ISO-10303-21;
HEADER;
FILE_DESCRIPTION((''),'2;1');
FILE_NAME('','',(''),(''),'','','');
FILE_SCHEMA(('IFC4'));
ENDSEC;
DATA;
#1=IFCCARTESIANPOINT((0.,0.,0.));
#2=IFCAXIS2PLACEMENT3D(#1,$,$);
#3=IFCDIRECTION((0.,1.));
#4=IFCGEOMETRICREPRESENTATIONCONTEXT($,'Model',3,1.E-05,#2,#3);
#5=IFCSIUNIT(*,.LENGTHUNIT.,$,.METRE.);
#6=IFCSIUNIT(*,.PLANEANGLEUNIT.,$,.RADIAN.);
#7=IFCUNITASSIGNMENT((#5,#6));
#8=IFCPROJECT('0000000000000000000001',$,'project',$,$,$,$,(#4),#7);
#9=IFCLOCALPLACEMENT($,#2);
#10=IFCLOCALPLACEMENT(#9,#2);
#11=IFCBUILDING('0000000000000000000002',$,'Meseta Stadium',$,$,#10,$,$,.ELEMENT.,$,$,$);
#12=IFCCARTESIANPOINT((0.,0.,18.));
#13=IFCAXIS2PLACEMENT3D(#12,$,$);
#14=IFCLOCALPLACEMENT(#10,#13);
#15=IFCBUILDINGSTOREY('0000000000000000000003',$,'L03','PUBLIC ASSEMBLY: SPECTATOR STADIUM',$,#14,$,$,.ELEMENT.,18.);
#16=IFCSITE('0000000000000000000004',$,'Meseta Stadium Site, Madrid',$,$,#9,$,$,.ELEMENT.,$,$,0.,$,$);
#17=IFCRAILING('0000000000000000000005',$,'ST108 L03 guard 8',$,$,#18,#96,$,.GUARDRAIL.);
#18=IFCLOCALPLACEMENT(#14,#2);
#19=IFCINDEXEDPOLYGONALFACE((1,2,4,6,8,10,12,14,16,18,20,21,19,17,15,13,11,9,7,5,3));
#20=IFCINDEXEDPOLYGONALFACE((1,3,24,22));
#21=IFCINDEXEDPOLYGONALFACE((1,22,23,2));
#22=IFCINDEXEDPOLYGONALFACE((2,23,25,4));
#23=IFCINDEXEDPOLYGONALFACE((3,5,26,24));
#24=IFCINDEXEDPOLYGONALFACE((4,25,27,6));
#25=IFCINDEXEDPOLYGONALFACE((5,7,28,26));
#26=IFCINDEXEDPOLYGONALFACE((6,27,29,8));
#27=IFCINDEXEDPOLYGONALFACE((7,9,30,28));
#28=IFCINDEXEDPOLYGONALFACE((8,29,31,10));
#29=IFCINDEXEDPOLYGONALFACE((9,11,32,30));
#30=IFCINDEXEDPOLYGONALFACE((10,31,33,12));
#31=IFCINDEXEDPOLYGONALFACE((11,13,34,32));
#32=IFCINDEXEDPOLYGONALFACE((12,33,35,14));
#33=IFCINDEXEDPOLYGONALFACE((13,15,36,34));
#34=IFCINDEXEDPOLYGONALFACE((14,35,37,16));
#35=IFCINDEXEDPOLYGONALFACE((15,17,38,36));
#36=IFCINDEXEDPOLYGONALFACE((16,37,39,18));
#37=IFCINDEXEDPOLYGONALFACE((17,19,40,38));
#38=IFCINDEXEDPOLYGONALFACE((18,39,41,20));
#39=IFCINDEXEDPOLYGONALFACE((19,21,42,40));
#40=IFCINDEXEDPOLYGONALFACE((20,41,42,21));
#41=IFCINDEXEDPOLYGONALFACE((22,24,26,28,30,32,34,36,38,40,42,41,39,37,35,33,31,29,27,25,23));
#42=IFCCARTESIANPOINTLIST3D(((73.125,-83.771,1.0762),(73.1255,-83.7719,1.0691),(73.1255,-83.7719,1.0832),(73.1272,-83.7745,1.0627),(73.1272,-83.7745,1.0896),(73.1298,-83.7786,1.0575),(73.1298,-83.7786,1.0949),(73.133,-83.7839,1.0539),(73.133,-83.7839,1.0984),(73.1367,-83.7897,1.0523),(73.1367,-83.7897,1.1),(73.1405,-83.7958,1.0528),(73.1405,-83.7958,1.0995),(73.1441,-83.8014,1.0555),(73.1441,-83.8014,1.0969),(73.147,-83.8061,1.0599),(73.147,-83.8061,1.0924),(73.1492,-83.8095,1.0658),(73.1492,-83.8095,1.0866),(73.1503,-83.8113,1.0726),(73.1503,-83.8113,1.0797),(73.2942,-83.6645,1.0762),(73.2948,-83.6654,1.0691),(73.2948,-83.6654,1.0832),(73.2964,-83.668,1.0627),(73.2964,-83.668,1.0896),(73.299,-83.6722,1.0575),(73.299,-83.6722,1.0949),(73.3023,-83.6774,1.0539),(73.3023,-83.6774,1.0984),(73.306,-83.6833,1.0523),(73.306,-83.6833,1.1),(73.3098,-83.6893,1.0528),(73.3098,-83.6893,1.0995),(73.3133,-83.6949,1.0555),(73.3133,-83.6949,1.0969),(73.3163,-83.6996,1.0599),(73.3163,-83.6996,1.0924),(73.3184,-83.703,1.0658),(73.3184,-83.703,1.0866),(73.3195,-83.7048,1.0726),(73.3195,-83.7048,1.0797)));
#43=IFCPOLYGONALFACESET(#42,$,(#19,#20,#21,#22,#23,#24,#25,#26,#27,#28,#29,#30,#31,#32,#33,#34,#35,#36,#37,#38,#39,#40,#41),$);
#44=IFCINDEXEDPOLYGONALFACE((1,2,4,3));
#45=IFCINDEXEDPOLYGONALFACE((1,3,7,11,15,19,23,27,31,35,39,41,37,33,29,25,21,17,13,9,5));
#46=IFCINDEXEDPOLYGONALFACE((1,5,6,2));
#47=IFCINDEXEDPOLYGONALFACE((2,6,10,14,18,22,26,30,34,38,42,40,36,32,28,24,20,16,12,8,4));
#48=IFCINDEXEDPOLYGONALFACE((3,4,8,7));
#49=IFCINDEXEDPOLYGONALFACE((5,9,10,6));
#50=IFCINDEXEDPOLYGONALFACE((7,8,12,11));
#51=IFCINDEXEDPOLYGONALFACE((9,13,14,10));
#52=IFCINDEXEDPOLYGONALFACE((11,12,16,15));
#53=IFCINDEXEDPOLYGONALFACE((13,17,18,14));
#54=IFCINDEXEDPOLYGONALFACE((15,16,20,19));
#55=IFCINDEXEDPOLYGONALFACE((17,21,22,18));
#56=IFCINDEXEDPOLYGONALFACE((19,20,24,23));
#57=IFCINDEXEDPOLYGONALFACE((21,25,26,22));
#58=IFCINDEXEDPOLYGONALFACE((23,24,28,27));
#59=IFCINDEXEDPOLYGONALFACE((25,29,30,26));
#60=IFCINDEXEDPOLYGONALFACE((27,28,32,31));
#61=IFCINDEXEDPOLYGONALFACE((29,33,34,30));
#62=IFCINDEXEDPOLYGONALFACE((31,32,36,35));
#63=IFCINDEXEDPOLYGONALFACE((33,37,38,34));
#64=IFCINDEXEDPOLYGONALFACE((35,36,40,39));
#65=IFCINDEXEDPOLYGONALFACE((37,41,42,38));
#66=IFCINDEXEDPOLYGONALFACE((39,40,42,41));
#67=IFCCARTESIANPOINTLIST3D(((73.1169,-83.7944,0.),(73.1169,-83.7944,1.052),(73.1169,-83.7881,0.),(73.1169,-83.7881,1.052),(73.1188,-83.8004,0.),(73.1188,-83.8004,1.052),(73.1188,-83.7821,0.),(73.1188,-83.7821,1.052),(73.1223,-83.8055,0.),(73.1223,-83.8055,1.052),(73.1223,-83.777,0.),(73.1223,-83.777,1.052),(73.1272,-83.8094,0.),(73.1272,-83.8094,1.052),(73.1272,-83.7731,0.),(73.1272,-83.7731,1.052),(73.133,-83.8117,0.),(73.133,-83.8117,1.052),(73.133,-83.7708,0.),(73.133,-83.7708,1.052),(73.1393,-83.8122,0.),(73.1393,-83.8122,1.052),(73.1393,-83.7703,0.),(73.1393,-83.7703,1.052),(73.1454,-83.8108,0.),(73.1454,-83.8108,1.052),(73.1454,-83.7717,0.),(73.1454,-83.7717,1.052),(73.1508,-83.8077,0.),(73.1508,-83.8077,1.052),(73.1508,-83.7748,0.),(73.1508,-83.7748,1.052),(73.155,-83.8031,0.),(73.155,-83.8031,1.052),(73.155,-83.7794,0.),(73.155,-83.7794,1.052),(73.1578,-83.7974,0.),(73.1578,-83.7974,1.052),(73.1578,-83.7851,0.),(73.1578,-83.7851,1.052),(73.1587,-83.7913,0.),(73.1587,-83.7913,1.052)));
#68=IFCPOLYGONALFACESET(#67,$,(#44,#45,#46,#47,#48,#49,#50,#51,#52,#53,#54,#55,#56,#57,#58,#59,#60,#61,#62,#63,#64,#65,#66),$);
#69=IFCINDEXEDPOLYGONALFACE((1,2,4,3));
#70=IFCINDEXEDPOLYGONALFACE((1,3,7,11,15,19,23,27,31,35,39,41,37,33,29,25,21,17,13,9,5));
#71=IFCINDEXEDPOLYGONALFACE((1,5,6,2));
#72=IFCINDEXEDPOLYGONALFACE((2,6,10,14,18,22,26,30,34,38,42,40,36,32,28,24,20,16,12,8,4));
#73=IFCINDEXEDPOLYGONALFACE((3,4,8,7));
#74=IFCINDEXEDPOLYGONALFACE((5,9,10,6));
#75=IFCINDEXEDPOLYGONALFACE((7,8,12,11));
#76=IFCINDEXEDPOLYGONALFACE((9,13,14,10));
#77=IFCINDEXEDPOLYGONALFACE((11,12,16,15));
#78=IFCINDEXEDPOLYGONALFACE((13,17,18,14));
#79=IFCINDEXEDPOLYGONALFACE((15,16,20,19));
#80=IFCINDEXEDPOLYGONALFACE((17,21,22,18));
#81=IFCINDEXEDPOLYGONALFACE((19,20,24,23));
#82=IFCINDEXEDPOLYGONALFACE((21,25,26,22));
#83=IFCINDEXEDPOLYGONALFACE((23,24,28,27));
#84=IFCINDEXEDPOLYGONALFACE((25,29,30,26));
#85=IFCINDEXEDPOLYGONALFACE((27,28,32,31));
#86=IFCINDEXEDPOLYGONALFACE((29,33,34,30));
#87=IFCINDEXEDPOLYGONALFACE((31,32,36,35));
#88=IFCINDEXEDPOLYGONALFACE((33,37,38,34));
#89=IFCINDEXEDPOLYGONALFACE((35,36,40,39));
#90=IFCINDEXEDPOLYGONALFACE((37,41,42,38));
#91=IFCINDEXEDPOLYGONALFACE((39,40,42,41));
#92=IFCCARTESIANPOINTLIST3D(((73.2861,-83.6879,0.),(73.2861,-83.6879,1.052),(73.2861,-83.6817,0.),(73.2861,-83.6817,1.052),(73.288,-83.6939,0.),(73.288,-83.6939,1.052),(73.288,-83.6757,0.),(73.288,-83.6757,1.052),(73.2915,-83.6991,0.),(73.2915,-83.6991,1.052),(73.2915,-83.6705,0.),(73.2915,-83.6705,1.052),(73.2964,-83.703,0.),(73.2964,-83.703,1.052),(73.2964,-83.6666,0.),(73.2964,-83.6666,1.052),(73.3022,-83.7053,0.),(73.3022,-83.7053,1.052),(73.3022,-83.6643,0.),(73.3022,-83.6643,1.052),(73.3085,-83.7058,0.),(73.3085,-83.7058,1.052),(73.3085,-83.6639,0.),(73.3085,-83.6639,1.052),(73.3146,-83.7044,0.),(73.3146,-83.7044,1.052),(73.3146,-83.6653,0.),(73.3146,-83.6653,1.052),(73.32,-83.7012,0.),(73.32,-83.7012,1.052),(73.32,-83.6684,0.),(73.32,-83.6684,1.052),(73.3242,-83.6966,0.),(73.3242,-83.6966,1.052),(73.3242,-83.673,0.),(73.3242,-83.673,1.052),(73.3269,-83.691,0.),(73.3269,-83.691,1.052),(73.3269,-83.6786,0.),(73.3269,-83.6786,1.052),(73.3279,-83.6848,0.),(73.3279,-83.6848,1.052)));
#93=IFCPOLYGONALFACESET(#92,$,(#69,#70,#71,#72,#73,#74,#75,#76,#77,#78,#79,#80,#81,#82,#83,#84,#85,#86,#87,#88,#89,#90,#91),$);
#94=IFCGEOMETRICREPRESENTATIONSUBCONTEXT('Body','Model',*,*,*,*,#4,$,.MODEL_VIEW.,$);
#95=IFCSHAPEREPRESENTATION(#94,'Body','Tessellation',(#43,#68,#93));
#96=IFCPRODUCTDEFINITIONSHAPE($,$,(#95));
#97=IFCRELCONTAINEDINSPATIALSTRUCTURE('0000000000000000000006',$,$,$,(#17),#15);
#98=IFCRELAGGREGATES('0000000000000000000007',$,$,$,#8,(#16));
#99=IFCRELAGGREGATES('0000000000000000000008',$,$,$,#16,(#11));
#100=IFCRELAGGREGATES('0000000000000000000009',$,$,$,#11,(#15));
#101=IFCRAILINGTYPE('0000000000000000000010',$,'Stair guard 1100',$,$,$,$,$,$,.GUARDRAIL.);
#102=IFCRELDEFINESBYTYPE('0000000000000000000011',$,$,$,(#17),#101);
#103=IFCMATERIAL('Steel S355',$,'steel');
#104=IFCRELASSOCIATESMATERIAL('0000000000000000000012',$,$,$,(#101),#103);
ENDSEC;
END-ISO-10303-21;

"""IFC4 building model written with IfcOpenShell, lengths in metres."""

from ifc_helpers import new_model, si_unit, direction, frame, origin, origin_2d, place, context, subcontext, project, spatial, circle, extrude, material, type_object, element, save


model = new_model("IFC4")

# Units and contexts
model_context = context("Model", 3, precision=1e-05, world=origin(), true_north=direction((0.0, 1.0)))
body_context = subcontext(model_context, "Body", "Model", "MODEL_VIEW")
ifc_project = project(units=[si_unit("LENGTHUNIT", "METRE"), si_unit("PLANEANGLEUNIT", "RADIAN")], contexts=[model_context])

# Site, building, storey
site_placement = place(None, origin())
site = spatial("IfcSite", under=ifc_project, at=site_placement, Name="Meseta Stadium Site, Madrid", CompositionType="ELEMENT", RefElevation=0.0)
building_placement = place(site_placement, origin())
building = spatial("IfcBuilding", under=site, at=building_placement, Name="Meseta Stadium", CompositionType="ELEMENT")
storey_placement = place(building_placement, frame((0.0, 0.0, 18.0)))
storey = spatial("IfcBuildingStorey", under=building, at=storey_placement, Name="L03", Description="PUBLIC ASSEMBLY: SPECTATOR STADIUM", CompositionType="ELEMENT", Elevation=18.0)

# Railing
ifc_material_1 = material(Name="Steel S355", Category="steel")
railing_type_1 = type_object("IfcRailingType", Name="Stair guard 1100", PredefinedType="GUARDRAIL", material=ifc_material_1)
railing_1_placement = place(storey_placement, frame((73.1377, -83.7913, 0.0)))
element("IfcRailing", 1, at=railing_1_placement, inside=storey, type_object=railing_type_1, Name="ST108 L03 guard 8", PredefinedType="GUARDRAIL", context=body_context, shape_type="SweptSolid", body=[
    extrude(circle(Radius=0.0239, at=origin_2d()), frame((0.0, 0.0, 1.0762), z_axis=(0.846416, 0.532522, 0.0), x_axis=(-0.532522, 0.846416, 0.0)), (0.0, 0.0, 1.0), 0.2),
    extrude(circle(Radius=0.021, at=origin_2d()), origin(), (0.0, 0.0, 1.0), 1.052),
    extrude(circle(Radius=0.021, at=origin_2d()), frame((0.1692, 0.1064, 0.0)), (0.0, 0.0, 1.0), 1.052),
])

save(model, "model.ifc")
